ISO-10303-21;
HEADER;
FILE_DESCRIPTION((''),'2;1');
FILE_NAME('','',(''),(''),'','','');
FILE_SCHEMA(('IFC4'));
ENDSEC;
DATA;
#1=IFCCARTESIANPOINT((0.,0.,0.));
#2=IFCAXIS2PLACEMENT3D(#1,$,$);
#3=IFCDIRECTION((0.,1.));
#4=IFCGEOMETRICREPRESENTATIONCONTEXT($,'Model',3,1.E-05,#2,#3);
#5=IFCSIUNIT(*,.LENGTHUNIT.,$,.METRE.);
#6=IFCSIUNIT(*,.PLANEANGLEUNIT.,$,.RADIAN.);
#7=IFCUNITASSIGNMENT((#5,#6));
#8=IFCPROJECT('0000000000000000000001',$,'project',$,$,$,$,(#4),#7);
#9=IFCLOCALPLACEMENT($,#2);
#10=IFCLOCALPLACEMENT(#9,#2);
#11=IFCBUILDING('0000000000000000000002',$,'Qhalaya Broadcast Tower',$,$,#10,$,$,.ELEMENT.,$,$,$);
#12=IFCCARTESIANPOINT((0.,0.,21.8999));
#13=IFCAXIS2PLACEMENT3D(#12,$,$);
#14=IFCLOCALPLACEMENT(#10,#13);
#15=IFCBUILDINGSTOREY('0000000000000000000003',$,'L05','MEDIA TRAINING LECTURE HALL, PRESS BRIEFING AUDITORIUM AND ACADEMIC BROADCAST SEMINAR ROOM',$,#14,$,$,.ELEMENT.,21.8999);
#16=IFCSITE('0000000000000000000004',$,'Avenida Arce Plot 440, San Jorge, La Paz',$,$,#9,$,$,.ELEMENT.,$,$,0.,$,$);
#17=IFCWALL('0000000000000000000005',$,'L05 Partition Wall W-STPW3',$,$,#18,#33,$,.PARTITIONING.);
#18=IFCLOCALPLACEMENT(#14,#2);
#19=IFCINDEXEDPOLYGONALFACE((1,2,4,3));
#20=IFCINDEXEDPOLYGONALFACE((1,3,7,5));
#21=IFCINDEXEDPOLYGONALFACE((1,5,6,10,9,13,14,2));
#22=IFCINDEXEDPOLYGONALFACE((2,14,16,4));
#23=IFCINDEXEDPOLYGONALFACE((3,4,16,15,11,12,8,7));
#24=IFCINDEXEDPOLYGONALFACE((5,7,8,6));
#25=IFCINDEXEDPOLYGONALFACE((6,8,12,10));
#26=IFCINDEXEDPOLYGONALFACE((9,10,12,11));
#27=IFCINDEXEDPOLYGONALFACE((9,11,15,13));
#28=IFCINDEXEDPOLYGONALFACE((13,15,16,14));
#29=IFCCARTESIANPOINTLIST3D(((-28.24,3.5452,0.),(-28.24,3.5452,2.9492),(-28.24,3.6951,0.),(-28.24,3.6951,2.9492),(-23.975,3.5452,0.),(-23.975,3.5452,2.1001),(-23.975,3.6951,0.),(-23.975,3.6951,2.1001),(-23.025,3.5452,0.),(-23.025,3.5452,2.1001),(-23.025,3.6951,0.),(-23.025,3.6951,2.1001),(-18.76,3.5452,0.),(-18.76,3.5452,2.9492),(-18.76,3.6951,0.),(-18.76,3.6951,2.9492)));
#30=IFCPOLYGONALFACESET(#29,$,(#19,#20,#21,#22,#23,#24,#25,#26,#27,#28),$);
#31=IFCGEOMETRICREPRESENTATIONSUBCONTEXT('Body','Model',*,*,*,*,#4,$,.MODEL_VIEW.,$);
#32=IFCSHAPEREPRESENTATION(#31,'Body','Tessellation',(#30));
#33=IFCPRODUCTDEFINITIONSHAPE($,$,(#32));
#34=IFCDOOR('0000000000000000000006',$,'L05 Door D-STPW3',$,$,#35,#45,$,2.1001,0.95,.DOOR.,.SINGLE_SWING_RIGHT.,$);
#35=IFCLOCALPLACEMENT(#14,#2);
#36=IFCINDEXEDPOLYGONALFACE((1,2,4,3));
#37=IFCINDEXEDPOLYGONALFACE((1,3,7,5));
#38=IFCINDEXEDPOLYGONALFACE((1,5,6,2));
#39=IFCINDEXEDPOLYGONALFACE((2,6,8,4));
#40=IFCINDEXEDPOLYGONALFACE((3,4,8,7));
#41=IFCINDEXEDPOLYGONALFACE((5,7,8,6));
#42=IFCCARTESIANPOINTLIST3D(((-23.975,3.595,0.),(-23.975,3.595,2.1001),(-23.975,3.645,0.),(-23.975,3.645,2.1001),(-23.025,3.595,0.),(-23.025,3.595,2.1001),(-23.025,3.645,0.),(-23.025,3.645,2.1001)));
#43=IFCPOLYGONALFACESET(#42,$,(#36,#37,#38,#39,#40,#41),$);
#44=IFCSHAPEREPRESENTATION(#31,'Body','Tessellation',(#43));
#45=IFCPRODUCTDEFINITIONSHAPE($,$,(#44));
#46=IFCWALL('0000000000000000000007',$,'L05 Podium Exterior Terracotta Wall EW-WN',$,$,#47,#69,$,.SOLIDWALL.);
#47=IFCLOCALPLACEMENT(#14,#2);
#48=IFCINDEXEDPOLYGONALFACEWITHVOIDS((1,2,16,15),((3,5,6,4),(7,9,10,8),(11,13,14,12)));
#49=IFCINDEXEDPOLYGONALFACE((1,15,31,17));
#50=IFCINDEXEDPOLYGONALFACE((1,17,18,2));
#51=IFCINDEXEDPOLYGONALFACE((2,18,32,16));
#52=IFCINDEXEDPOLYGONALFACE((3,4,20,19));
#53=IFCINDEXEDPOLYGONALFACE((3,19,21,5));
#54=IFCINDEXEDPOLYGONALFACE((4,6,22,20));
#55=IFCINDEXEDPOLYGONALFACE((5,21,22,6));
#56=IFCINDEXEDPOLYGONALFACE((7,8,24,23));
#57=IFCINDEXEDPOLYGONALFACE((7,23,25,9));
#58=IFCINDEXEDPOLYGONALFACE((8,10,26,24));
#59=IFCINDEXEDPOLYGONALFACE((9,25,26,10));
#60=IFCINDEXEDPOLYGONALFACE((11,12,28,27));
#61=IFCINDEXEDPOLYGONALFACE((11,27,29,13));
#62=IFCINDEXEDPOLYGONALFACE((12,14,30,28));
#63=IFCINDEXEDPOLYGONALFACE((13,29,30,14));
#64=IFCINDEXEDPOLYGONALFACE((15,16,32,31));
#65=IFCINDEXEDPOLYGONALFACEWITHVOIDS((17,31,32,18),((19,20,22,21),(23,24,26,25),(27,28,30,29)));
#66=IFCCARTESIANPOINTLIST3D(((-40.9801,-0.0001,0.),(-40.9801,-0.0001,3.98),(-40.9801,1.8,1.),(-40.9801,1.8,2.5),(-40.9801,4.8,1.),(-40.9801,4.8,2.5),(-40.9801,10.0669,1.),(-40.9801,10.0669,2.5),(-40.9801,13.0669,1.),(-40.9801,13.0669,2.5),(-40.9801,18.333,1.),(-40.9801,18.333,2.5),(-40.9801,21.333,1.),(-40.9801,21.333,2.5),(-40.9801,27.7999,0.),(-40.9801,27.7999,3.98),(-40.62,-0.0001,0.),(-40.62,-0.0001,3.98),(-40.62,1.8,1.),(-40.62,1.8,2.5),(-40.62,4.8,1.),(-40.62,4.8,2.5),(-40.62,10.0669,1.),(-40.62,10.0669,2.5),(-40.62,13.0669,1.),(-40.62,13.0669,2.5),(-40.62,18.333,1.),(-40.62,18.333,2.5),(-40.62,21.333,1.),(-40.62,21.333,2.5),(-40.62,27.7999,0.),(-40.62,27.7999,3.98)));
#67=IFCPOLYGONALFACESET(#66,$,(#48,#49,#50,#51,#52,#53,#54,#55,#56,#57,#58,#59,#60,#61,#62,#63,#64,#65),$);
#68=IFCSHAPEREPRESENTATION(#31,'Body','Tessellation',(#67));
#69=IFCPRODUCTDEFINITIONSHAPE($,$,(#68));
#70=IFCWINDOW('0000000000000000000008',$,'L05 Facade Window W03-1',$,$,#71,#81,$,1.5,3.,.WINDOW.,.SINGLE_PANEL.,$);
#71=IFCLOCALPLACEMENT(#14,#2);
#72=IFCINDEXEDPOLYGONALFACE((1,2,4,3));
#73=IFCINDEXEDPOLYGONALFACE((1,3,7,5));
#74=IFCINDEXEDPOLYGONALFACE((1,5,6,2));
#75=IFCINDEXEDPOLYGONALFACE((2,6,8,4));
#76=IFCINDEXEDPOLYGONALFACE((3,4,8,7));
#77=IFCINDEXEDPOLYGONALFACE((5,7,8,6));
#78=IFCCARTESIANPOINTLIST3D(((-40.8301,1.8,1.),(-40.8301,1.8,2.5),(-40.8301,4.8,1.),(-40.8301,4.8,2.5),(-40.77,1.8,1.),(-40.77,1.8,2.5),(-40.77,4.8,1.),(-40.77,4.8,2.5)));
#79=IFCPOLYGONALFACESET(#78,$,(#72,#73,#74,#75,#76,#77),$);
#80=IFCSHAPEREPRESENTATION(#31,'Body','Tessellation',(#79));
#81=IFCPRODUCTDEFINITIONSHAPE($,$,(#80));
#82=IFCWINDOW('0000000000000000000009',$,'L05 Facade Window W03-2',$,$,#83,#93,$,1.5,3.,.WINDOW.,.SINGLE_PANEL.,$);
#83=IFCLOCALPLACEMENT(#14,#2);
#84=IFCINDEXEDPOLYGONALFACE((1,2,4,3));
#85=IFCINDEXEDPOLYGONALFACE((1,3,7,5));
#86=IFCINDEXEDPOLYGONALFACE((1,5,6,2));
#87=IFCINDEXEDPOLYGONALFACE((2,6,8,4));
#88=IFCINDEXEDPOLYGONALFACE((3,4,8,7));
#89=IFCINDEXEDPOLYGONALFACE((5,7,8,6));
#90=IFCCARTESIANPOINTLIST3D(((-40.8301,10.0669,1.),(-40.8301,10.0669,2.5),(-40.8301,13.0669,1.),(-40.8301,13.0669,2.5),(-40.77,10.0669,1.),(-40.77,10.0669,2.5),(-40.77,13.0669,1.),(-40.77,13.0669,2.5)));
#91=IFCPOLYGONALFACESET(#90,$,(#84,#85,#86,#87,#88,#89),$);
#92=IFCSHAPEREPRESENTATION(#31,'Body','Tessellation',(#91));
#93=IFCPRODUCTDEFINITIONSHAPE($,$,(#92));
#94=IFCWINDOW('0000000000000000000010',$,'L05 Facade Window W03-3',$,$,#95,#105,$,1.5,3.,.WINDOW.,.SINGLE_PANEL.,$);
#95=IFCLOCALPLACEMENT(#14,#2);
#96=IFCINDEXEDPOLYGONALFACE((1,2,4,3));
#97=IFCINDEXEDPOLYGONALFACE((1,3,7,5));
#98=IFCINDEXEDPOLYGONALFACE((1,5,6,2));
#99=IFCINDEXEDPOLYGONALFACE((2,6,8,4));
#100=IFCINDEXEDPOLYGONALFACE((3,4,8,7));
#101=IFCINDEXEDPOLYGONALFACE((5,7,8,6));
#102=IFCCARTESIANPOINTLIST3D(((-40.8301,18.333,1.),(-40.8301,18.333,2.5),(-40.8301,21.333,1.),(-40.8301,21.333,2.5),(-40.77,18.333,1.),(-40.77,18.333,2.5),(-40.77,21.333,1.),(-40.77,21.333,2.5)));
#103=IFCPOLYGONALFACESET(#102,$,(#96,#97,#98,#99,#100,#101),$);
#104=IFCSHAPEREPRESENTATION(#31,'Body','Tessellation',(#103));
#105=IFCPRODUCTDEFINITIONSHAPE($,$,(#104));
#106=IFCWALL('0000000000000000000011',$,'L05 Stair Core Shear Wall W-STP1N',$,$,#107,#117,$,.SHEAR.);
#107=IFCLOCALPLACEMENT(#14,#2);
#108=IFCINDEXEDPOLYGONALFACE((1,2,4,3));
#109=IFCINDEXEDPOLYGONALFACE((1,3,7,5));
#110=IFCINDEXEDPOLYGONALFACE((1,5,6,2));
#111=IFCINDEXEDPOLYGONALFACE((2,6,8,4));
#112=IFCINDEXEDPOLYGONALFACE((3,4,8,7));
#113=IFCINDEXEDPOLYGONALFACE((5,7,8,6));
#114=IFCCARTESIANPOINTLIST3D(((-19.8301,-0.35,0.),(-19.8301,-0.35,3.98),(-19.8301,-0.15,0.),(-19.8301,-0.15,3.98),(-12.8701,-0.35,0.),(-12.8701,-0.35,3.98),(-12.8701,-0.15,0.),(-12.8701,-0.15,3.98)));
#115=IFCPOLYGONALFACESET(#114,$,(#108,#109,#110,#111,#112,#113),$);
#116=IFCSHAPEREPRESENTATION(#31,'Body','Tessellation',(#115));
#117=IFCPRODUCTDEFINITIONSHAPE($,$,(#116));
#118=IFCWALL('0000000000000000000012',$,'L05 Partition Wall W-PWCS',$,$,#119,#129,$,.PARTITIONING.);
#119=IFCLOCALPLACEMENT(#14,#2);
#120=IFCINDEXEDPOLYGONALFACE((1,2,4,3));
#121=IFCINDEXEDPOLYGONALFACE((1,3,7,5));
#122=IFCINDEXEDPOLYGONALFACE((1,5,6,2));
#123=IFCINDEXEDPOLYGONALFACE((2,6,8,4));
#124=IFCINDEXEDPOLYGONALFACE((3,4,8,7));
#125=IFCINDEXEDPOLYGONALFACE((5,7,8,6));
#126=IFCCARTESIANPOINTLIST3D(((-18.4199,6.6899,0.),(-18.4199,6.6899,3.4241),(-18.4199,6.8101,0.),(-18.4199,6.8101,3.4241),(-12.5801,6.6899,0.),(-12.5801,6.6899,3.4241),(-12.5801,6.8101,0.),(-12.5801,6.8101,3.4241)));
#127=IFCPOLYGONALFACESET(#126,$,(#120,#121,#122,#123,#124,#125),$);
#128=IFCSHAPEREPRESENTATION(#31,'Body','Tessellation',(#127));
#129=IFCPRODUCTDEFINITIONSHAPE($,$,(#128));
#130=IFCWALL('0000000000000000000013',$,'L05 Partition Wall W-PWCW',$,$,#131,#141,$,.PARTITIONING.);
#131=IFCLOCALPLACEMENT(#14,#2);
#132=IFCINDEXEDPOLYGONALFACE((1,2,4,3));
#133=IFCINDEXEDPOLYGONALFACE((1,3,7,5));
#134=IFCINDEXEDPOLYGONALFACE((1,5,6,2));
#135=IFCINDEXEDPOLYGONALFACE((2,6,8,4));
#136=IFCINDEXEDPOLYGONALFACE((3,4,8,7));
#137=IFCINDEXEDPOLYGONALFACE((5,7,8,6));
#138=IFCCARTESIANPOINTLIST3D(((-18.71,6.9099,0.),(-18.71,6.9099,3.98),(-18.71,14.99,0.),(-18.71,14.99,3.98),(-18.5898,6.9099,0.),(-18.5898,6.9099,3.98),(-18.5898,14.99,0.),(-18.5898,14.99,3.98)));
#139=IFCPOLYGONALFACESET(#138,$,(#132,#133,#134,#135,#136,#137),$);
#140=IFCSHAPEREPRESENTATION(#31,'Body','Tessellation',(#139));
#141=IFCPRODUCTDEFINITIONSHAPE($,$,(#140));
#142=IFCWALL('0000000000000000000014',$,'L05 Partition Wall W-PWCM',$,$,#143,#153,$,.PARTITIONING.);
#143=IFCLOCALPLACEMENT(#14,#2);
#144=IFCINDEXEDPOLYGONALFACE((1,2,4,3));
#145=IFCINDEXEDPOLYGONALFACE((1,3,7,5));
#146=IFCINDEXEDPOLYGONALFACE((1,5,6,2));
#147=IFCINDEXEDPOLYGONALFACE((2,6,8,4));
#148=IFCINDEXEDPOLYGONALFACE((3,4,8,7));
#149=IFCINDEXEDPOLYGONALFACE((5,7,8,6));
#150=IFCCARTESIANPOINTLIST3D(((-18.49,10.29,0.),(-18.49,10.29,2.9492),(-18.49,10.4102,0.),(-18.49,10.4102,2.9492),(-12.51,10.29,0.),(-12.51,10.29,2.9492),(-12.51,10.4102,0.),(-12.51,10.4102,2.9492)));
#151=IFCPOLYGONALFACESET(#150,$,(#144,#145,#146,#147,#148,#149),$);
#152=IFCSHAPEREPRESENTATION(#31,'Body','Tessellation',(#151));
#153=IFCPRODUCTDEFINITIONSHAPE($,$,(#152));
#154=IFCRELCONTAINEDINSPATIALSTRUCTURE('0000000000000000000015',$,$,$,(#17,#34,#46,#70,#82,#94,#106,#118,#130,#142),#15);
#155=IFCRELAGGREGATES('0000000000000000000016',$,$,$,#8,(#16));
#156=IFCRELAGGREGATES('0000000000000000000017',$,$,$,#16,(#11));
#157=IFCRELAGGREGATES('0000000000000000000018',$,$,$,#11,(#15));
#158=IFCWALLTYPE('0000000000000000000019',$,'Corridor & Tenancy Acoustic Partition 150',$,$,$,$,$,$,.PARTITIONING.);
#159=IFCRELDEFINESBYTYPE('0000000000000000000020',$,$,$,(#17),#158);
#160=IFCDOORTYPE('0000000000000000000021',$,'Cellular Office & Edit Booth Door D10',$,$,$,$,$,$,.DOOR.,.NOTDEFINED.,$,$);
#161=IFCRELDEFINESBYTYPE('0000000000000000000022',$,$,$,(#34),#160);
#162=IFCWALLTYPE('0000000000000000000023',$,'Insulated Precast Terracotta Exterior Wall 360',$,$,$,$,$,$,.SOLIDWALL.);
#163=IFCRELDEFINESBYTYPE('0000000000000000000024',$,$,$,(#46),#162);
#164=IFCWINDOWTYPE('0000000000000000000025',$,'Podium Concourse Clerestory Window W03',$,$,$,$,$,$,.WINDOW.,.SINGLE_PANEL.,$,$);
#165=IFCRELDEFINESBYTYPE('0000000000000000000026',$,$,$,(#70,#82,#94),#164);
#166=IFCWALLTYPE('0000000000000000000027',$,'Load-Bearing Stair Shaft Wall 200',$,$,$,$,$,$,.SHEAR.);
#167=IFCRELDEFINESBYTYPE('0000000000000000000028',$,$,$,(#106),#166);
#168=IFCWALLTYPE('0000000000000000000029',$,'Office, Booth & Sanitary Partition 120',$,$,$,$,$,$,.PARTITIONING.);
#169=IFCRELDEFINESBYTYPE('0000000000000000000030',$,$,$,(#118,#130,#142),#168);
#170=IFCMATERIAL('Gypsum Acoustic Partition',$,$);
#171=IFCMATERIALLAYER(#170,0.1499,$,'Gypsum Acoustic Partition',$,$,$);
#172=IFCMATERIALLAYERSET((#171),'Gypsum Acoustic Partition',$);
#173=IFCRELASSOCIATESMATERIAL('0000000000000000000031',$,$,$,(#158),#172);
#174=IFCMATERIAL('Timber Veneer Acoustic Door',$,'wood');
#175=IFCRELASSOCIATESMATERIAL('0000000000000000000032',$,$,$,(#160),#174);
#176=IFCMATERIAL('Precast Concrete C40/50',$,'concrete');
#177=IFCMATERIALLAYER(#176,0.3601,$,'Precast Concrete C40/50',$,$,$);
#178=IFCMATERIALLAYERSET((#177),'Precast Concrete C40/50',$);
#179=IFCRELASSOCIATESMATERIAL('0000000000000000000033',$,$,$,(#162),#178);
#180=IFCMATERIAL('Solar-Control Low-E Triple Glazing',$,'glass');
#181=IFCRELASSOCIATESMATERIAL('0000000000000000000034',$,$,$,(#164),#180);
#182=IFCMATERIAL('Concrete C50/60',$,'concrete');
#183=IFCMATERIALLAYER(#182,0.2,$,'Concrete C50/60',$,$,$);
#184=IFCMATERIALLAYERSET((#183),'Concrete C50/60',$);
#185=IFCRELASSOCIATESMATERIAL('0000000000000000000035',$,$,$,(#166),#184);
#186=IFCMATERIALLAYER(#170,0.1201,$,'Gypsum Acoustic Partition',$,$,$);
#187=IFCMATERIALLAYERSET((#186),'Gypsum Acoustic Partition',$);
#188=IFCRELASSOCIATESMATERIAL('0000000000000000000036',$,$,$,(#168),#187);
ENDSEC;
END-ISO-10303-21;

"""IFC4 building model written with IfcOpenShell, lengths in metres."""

from ifc_helpers import new_model, si_unit, direction, frame, frame_2d, origin, place, context, subcontext, project, spatial, rectangle, extrude, material, layer, layer_set, type_object, element, fill, save


model = new_model("IFC4")

# Units and contexts
model_context = context("Model", 3, precision=1e-05, world=origin(), true_north=direction((0.0, 1.0)))
body_context = subcontext(model_context, "Body", "Model", "MODEL_VIEW")
ifc_project = project(units=[si_unit("LENGTHUNIT", "METRE"), si_unit("PLANEANGLEUNIT", "RADIAN")], contexts=[model_context])

# Site, building, storey
site_placement = place(None, origin())
site = spatial("IfcSite", under=ifc_project, at=site_placement, Name="Avenida Arce Plot 440, San Jorge, La Paz", CompositionType="ELEMENT", RefElevation=0.0)
building_placement = place(site_placement, origin())
building = spatial("IfcBuilding", under=site, at=building_placement, Name="Qhalaya Broadcast Tower", CompositionType="ELEMENT")
storey_placement = place(building_placement, frame((0.0, 0.0, 21.8999)))
storey = spatial("IfcBuildingStorey", under=building, at=storey_placement, Name="L05", Description="MEDIA TRAINING LECTURE HALL, PRESS BRIEFING AUDITORIUM AND ACADEMIC BROADCAST SEMINAR ROOM", CompositionType="ELEMENT", Elevation=21.8999)

# Wall, opening, door
ifc_material_1 = material(Name="Gypsum Acoustic Partition")
ifc_layer_1 = layer(ifc_material_1, 0.1499, Name="Gypsum Acoustic Partition")
ifc_layer_set_1 = layer_set([ifc_layer_1], Name="Gypsum Acoustic Partition")
wall_type_1 = type_object("IfcWallType", Name="Corridor & Tenancy Acoustic Partition 150", PredefinedType="PARTITIONING", material=ifc_layer_set_1)
wall_1_placement = place(storey_placement, frame((-28.24, 3.6201, 0.0), z_axis=(0.0, 0.0, 1.0), x_axis=(1.0, 0.0, 0.0)))
wall_1 = element("IfcWall", 1, at=wall_1_placement, inside=storey, type_object=wall_type_1, Name="L05 Partition Wall W-STPW3", PredefinedType="PARTITIONING", context=body_context, shape_type="SweptSolid", body=[
    extrude(rectangle(XDim=9.48, YDim=0.1499, at=frame_2d((4.74, 0.0))), origin(), (0.0, 0.0, 1.0), 2.9492),
])
opening_1_placement = place(wall_1_placement, frame((4.2649, 0.0, 0.0)))
opening_1 = element("IfcOpeningElement", 2, at=opening_1_placement, cuts=wall_1, PredefinedType="OPENING", context=body_context, shape_type="SweptSolid", body=[
    extrude(rectangle(XDim=0.95, YDim=2.1001, at=frame_2d((0.4751, 1.05))), frame((0.0, 0.0869, 0.0), z_axis=(0.0, -1.0, 0.0), x_axis=(1.0, 0.0, 0.0)), (0.0, 0.0, 1.0), 0.1738),
])
ifc_material_2 = material(Name="Timber Veneer Acoustic Door", Category="wood")
door_type_1 = type_object("IfcDoorType", Name="Cellular Office & Edit Booth Door D10", OperationType="NOTDEFINED", PredefinedType="DOOR", material=ifc_material_2)
door_1_placement = place(opening_1_placement, origin())
door_1 = element("IfcDoor", 3, at=door_1_placement, inside=storey, type_object=door_type_1, Name="L05 Door D-STPW3", OperationType="SINGLE_SWING_RIGHT", OverallHeight=2.1001, OverallWidth=0.95, PredefinedType="DOOR", context=body_context, shape_type="SweptSolid", body=[
    extrude(rectangle(XDim=0.95, YDim=2.1001, at=frame_2d((0.4751, 1.05))), frame((0.0, 0.0249, 0.0), z_axis=(0.0, -1.0, 0.0), x_axis=(1.0, 0.0, 0.0)), (0.0, 0.0, 1.0), 0.05),
])
fill(opening_1, door_1)

# Wall, openings, windows
ifc_material_3 = material(Name="Precast Concrete C40/50", Category="concrete")
ifc_layer_2 = layer(ifc_material_3, 0.3601, Name="Precast Concrete C40/50")
ifc_layer_set_2 = layer_set([ifc_layer_2], Name="Precast Concrete C40/50")
wall_type_2 = type_object("IfcWallType", Name="Insulated Precast Terracotta Exterior Wall 360", PredefinedType="SOLIDWALL", material=ifc_layer_set_2)
wall_2_placement = place(storey_placement, frame((-40.8, 0.0, 0.0), z_axis=(0.0, 0.0, 1.0), x_axis=(0.0, 1.0, 0.0)))
wall_2 = element("IfcWall", 4, at=wall_2_placement, inside=storey, type_object=wall_type_2, Name="L05 Podium Exterior Terracotta Wall EW-WN", PredefinedType="SOLIDWALL", context=body_context, shape_type="SweptSolid", body=[
    extrude(rectangle(XDim=27.8, YDim=0.3601, at=frame_2d((13.8999, 0.0))), origin(), (0.0, 0.0, 1.0), 3.98),
])
opening_2_placement = place(wall_2_placement, frame((1.8, 0.0, 1.0)))
opening_2 = element("IfcOpeningElement", 5, at=opening_2_placement, cuts=wall_2, PredefinedType="OPENING", context=body_context, shape_type="SweptSolid", body=[
    extrude(rectangle(XDim=3.0, YDim=1.5, at=frame_2d((1.5, 0.75))), frame((0.0, 0.1921, 0.0), z_axis=(0.0, -1.0, 0.0), x_axis=(1.0, 0.0, 0.0)), (0.0, 0.0, 1.0), 0.384),
])
opening_3_placement = place(wall_2_placement, frame((10.0669, 0.0, 1.0)))
opening_3 = element("IfcOpeningElement", 6, at=opening_3_placement, cuts=wall_2, PredefinedType="OPENING", context=body_context, shape_type="SweptSolid", body=[
    extrude(rectangle(XDim=3.0, YDim=1.5, at=frame_2d((1.5, 0.75))), frame((0.0, 0.1921, 0.0), z_axis=(0.0, -1.0, 0.0), x_axis=(1.0, 0.0, 0.0)), (0.0, 0.0, 1.0), 0.384),
])
opening_4_placement = place(wall_2_placement, frame((18.333, 0.0, 1.0)))
opening_4 = element("IfcOpeningElement", 7, at=opening_4_placement, cuts=wall_2, PredefinedType="OPENING", context=body_context, shape_type="SweptSolid", body=[
    extrude(rectangle(XDim=3.0, YDim=1.5, at=frame_2d((1.5, 0.75))), frame((0.0, 0.1921, 0.0), z_axis=(0.0, -1.0, 0.0), x_axis=(1.0, 0.0, 0.0)), (0.0, 0.0, 1.0), 0.384),
])
ifc_material_4 = material(Name="Solar-Control Low-E Triple Glazing", Category="glass")
window_type = type_object("IfcWindowType", Name="Podium Concourse Clerestory Window W03", PartitioningType="SINGLE_PANEL", PredefinedType="WINDOW", material=ifc_material_4)
window_1_placement = place(opening_2_placement, origin())
window_1 = element("IfcWindow", 8, at=window_1_placement, inside=storey, type_object=window_type, Name="L05 Facade Window W03-1", OverallHeight=1.5, OverallWidth=3.0, PartitioningType="SINGLE_PANEL", PredefinedType="WINDOW", context=body_context, shape_type="SweptSolid", body=[
    extrude(rectangle(XDim=3.0, YDim=1.5, at=frame_2d((1.5, 0.75))), frame((0.0, 0.03, 0.0), z_axis=(0.0, -1.0, 0.0), x_axis=(1.0, 0.0, 0.0)), (0.0, 0.0, 1.0), 0.0601),
])
fill(opening_2, window_1)
window_2_placement = place(opening_3_placement, origin())
window_2 = element("IfcWindow", 9, at=window_2_placement, inside=storey, type_object=window_type, Name="L05 Facade Window W03-2", OverallHeight=1.5, OverallWidth=3.0, PartitioningType="SINGLE_PANEL", PredefinedType="WINDOW", context=body_context, shape_type="SweptSolid", body=[
    extrude(rectangle(XDim=3.0, YDim=1.5, at=frame_2d((1.5, 0.75))), frame((0.0, 0.03, 0.0), z_axis=(0.0, -1.0, 0.0), x_axis=(1.0, 0.0, 0.0)), (0.0, 0.0, 1.0), 0.0601),
])
fill(opening_3, window_2)
window_3_placement = place(opening_4_placement, origin())
window_3 = element("IfcWindow", 10, at=window_3_placement, inside=storey, type_object=window_type, Name="L05 Facade Window W03-3", OverallHeight=1.5, OverallWidth=3.0, PartitioningType="SINGLE_PANEL", PredefinedType="WINDOW", context=body_context, shape_type="SweptSolid", body=[
    extrude(rectangle(XDim=3.0, YDim=1.5, at=frame_2d((1.5, 0.75))), frame((0.0, 0.03, 0.0), z_axis=(0.0, -1.0, 0.0), x_axis=(1.0, 0.0, 0.0)), (0.0, 0.0, 1.0), 0.0601),
])
fill(opening_4, window_3)

# Walls
ifc_material_5 = material(Name="Concrete C50/60", Category="concrete")
ifc_layer_3 = layer(ifc_material_5, 0.2, Name="Concrete C50/60")
ifc_layer_set_3 = layer_set([ifc_layer_3], Name="Concrete C50/60")
wall_type_3 = type_object("IfcWallType", Name="Load-Bearing Stair Shaft Wall 200", PredefinedType="SHEAR", material=ifc_layer_set_3)
wall_3_placement = place(storey_placement, frame((-19.8301, -0.25, 0.0), z_axis=(0.0, 0.0, 1.0), x_axis=(1.0, 0.0, 0.0)))
element("IfcWall", 11, at=wall_3_placement, inside=storey, type_object=wall_type_3, Name="L05 Stair Core Shear Wall W-STP1N", PredefinedType="SHEAR", context=body_context, shape_type="SweptSolid", body=[
    extrude(rectangle(XDim=6.96, YDim=0.2, at=frame_2d((3.48, 0.0))), origin(), (0.0, 0.0, 1.0), 3.98),
])
ifc_layer_4 = layer(ifc_material_1, 0.1201, Name="Gypsum Acoustic Partition")
ifc_layer_set_4 = layer_set([ifc_layer_4], Name="Gypsum Acoustic Partition")
wall_type_4 = type_object("IfcWallType", Name="Office, Booth & Sanitary Partition 120", PredefinedType="PARTITIONING", material=ifc_layer_set_4)
wall_4_placement = place(storey_placement, frame((-18.4199, 6.75, 0.0), z_axis=(0.0, 0.0, 1.0), x_axis=(1.0, 0.0, 0.0)))
element("IfcWall", 12, at=wall_4_placement, inside=storey, type_object=wall_type_4, Name="L05 Partition Wall W-PWCS", PredefinedType="PARTITIONING", context=body_context, shape_type="SweptSolid", body=[
    extrude(rectangle(XDim=5.8398, YDim=0.1201, at=frame_2d((2.9199, 0.0))), origin(), (0.0, 0.0, 1.0), 3.4241),
])
wall_5_placement = place(storey_placement, frame((-18.6499, 6.9099, 0.0), z_axis=(0.0, 0.0, 1.0), x_axis=(0.0, 1.0, 0.0)))
element("IfcWall", 13, at=wall_5_placement, inside=storey, type_object=wall_type_4, Name="L05 Partition Wall W-PWCW", PredefinedType="PARTITIONING", context=body_context, shape_type="SweptSolid", body=[
    extrude(rectangle(XDim=8.0801, YDim=0.1201, at=frame_2d((4.04, 0.0))), origin(), (0.0, 0.0, 1.0), 3.98),
])
wall_6_placement = place(storey_placement, frame((-18.49, 10.3501, 0.0), z_axis=(0.0, 0.0, 1.0), x_axis=(1.0, 0.0, 0.0)))
element("IfcWall", 14, at=wall_6_placement, inside=storey, type_object=wall_type_4, Name="L05 Partition Wall W-PWCM", PredefinedType="PARTITIONING", context=body_context, shape_type="SweptSolid", body=[
    extrude(rectangle(XDim=5.98, YDim=0.1201, at=frame_2d((2.99, 0.0))), origin(), (0.0, 0.0, 1.0), 2.9492),
])

save(model, "model.ifc")
